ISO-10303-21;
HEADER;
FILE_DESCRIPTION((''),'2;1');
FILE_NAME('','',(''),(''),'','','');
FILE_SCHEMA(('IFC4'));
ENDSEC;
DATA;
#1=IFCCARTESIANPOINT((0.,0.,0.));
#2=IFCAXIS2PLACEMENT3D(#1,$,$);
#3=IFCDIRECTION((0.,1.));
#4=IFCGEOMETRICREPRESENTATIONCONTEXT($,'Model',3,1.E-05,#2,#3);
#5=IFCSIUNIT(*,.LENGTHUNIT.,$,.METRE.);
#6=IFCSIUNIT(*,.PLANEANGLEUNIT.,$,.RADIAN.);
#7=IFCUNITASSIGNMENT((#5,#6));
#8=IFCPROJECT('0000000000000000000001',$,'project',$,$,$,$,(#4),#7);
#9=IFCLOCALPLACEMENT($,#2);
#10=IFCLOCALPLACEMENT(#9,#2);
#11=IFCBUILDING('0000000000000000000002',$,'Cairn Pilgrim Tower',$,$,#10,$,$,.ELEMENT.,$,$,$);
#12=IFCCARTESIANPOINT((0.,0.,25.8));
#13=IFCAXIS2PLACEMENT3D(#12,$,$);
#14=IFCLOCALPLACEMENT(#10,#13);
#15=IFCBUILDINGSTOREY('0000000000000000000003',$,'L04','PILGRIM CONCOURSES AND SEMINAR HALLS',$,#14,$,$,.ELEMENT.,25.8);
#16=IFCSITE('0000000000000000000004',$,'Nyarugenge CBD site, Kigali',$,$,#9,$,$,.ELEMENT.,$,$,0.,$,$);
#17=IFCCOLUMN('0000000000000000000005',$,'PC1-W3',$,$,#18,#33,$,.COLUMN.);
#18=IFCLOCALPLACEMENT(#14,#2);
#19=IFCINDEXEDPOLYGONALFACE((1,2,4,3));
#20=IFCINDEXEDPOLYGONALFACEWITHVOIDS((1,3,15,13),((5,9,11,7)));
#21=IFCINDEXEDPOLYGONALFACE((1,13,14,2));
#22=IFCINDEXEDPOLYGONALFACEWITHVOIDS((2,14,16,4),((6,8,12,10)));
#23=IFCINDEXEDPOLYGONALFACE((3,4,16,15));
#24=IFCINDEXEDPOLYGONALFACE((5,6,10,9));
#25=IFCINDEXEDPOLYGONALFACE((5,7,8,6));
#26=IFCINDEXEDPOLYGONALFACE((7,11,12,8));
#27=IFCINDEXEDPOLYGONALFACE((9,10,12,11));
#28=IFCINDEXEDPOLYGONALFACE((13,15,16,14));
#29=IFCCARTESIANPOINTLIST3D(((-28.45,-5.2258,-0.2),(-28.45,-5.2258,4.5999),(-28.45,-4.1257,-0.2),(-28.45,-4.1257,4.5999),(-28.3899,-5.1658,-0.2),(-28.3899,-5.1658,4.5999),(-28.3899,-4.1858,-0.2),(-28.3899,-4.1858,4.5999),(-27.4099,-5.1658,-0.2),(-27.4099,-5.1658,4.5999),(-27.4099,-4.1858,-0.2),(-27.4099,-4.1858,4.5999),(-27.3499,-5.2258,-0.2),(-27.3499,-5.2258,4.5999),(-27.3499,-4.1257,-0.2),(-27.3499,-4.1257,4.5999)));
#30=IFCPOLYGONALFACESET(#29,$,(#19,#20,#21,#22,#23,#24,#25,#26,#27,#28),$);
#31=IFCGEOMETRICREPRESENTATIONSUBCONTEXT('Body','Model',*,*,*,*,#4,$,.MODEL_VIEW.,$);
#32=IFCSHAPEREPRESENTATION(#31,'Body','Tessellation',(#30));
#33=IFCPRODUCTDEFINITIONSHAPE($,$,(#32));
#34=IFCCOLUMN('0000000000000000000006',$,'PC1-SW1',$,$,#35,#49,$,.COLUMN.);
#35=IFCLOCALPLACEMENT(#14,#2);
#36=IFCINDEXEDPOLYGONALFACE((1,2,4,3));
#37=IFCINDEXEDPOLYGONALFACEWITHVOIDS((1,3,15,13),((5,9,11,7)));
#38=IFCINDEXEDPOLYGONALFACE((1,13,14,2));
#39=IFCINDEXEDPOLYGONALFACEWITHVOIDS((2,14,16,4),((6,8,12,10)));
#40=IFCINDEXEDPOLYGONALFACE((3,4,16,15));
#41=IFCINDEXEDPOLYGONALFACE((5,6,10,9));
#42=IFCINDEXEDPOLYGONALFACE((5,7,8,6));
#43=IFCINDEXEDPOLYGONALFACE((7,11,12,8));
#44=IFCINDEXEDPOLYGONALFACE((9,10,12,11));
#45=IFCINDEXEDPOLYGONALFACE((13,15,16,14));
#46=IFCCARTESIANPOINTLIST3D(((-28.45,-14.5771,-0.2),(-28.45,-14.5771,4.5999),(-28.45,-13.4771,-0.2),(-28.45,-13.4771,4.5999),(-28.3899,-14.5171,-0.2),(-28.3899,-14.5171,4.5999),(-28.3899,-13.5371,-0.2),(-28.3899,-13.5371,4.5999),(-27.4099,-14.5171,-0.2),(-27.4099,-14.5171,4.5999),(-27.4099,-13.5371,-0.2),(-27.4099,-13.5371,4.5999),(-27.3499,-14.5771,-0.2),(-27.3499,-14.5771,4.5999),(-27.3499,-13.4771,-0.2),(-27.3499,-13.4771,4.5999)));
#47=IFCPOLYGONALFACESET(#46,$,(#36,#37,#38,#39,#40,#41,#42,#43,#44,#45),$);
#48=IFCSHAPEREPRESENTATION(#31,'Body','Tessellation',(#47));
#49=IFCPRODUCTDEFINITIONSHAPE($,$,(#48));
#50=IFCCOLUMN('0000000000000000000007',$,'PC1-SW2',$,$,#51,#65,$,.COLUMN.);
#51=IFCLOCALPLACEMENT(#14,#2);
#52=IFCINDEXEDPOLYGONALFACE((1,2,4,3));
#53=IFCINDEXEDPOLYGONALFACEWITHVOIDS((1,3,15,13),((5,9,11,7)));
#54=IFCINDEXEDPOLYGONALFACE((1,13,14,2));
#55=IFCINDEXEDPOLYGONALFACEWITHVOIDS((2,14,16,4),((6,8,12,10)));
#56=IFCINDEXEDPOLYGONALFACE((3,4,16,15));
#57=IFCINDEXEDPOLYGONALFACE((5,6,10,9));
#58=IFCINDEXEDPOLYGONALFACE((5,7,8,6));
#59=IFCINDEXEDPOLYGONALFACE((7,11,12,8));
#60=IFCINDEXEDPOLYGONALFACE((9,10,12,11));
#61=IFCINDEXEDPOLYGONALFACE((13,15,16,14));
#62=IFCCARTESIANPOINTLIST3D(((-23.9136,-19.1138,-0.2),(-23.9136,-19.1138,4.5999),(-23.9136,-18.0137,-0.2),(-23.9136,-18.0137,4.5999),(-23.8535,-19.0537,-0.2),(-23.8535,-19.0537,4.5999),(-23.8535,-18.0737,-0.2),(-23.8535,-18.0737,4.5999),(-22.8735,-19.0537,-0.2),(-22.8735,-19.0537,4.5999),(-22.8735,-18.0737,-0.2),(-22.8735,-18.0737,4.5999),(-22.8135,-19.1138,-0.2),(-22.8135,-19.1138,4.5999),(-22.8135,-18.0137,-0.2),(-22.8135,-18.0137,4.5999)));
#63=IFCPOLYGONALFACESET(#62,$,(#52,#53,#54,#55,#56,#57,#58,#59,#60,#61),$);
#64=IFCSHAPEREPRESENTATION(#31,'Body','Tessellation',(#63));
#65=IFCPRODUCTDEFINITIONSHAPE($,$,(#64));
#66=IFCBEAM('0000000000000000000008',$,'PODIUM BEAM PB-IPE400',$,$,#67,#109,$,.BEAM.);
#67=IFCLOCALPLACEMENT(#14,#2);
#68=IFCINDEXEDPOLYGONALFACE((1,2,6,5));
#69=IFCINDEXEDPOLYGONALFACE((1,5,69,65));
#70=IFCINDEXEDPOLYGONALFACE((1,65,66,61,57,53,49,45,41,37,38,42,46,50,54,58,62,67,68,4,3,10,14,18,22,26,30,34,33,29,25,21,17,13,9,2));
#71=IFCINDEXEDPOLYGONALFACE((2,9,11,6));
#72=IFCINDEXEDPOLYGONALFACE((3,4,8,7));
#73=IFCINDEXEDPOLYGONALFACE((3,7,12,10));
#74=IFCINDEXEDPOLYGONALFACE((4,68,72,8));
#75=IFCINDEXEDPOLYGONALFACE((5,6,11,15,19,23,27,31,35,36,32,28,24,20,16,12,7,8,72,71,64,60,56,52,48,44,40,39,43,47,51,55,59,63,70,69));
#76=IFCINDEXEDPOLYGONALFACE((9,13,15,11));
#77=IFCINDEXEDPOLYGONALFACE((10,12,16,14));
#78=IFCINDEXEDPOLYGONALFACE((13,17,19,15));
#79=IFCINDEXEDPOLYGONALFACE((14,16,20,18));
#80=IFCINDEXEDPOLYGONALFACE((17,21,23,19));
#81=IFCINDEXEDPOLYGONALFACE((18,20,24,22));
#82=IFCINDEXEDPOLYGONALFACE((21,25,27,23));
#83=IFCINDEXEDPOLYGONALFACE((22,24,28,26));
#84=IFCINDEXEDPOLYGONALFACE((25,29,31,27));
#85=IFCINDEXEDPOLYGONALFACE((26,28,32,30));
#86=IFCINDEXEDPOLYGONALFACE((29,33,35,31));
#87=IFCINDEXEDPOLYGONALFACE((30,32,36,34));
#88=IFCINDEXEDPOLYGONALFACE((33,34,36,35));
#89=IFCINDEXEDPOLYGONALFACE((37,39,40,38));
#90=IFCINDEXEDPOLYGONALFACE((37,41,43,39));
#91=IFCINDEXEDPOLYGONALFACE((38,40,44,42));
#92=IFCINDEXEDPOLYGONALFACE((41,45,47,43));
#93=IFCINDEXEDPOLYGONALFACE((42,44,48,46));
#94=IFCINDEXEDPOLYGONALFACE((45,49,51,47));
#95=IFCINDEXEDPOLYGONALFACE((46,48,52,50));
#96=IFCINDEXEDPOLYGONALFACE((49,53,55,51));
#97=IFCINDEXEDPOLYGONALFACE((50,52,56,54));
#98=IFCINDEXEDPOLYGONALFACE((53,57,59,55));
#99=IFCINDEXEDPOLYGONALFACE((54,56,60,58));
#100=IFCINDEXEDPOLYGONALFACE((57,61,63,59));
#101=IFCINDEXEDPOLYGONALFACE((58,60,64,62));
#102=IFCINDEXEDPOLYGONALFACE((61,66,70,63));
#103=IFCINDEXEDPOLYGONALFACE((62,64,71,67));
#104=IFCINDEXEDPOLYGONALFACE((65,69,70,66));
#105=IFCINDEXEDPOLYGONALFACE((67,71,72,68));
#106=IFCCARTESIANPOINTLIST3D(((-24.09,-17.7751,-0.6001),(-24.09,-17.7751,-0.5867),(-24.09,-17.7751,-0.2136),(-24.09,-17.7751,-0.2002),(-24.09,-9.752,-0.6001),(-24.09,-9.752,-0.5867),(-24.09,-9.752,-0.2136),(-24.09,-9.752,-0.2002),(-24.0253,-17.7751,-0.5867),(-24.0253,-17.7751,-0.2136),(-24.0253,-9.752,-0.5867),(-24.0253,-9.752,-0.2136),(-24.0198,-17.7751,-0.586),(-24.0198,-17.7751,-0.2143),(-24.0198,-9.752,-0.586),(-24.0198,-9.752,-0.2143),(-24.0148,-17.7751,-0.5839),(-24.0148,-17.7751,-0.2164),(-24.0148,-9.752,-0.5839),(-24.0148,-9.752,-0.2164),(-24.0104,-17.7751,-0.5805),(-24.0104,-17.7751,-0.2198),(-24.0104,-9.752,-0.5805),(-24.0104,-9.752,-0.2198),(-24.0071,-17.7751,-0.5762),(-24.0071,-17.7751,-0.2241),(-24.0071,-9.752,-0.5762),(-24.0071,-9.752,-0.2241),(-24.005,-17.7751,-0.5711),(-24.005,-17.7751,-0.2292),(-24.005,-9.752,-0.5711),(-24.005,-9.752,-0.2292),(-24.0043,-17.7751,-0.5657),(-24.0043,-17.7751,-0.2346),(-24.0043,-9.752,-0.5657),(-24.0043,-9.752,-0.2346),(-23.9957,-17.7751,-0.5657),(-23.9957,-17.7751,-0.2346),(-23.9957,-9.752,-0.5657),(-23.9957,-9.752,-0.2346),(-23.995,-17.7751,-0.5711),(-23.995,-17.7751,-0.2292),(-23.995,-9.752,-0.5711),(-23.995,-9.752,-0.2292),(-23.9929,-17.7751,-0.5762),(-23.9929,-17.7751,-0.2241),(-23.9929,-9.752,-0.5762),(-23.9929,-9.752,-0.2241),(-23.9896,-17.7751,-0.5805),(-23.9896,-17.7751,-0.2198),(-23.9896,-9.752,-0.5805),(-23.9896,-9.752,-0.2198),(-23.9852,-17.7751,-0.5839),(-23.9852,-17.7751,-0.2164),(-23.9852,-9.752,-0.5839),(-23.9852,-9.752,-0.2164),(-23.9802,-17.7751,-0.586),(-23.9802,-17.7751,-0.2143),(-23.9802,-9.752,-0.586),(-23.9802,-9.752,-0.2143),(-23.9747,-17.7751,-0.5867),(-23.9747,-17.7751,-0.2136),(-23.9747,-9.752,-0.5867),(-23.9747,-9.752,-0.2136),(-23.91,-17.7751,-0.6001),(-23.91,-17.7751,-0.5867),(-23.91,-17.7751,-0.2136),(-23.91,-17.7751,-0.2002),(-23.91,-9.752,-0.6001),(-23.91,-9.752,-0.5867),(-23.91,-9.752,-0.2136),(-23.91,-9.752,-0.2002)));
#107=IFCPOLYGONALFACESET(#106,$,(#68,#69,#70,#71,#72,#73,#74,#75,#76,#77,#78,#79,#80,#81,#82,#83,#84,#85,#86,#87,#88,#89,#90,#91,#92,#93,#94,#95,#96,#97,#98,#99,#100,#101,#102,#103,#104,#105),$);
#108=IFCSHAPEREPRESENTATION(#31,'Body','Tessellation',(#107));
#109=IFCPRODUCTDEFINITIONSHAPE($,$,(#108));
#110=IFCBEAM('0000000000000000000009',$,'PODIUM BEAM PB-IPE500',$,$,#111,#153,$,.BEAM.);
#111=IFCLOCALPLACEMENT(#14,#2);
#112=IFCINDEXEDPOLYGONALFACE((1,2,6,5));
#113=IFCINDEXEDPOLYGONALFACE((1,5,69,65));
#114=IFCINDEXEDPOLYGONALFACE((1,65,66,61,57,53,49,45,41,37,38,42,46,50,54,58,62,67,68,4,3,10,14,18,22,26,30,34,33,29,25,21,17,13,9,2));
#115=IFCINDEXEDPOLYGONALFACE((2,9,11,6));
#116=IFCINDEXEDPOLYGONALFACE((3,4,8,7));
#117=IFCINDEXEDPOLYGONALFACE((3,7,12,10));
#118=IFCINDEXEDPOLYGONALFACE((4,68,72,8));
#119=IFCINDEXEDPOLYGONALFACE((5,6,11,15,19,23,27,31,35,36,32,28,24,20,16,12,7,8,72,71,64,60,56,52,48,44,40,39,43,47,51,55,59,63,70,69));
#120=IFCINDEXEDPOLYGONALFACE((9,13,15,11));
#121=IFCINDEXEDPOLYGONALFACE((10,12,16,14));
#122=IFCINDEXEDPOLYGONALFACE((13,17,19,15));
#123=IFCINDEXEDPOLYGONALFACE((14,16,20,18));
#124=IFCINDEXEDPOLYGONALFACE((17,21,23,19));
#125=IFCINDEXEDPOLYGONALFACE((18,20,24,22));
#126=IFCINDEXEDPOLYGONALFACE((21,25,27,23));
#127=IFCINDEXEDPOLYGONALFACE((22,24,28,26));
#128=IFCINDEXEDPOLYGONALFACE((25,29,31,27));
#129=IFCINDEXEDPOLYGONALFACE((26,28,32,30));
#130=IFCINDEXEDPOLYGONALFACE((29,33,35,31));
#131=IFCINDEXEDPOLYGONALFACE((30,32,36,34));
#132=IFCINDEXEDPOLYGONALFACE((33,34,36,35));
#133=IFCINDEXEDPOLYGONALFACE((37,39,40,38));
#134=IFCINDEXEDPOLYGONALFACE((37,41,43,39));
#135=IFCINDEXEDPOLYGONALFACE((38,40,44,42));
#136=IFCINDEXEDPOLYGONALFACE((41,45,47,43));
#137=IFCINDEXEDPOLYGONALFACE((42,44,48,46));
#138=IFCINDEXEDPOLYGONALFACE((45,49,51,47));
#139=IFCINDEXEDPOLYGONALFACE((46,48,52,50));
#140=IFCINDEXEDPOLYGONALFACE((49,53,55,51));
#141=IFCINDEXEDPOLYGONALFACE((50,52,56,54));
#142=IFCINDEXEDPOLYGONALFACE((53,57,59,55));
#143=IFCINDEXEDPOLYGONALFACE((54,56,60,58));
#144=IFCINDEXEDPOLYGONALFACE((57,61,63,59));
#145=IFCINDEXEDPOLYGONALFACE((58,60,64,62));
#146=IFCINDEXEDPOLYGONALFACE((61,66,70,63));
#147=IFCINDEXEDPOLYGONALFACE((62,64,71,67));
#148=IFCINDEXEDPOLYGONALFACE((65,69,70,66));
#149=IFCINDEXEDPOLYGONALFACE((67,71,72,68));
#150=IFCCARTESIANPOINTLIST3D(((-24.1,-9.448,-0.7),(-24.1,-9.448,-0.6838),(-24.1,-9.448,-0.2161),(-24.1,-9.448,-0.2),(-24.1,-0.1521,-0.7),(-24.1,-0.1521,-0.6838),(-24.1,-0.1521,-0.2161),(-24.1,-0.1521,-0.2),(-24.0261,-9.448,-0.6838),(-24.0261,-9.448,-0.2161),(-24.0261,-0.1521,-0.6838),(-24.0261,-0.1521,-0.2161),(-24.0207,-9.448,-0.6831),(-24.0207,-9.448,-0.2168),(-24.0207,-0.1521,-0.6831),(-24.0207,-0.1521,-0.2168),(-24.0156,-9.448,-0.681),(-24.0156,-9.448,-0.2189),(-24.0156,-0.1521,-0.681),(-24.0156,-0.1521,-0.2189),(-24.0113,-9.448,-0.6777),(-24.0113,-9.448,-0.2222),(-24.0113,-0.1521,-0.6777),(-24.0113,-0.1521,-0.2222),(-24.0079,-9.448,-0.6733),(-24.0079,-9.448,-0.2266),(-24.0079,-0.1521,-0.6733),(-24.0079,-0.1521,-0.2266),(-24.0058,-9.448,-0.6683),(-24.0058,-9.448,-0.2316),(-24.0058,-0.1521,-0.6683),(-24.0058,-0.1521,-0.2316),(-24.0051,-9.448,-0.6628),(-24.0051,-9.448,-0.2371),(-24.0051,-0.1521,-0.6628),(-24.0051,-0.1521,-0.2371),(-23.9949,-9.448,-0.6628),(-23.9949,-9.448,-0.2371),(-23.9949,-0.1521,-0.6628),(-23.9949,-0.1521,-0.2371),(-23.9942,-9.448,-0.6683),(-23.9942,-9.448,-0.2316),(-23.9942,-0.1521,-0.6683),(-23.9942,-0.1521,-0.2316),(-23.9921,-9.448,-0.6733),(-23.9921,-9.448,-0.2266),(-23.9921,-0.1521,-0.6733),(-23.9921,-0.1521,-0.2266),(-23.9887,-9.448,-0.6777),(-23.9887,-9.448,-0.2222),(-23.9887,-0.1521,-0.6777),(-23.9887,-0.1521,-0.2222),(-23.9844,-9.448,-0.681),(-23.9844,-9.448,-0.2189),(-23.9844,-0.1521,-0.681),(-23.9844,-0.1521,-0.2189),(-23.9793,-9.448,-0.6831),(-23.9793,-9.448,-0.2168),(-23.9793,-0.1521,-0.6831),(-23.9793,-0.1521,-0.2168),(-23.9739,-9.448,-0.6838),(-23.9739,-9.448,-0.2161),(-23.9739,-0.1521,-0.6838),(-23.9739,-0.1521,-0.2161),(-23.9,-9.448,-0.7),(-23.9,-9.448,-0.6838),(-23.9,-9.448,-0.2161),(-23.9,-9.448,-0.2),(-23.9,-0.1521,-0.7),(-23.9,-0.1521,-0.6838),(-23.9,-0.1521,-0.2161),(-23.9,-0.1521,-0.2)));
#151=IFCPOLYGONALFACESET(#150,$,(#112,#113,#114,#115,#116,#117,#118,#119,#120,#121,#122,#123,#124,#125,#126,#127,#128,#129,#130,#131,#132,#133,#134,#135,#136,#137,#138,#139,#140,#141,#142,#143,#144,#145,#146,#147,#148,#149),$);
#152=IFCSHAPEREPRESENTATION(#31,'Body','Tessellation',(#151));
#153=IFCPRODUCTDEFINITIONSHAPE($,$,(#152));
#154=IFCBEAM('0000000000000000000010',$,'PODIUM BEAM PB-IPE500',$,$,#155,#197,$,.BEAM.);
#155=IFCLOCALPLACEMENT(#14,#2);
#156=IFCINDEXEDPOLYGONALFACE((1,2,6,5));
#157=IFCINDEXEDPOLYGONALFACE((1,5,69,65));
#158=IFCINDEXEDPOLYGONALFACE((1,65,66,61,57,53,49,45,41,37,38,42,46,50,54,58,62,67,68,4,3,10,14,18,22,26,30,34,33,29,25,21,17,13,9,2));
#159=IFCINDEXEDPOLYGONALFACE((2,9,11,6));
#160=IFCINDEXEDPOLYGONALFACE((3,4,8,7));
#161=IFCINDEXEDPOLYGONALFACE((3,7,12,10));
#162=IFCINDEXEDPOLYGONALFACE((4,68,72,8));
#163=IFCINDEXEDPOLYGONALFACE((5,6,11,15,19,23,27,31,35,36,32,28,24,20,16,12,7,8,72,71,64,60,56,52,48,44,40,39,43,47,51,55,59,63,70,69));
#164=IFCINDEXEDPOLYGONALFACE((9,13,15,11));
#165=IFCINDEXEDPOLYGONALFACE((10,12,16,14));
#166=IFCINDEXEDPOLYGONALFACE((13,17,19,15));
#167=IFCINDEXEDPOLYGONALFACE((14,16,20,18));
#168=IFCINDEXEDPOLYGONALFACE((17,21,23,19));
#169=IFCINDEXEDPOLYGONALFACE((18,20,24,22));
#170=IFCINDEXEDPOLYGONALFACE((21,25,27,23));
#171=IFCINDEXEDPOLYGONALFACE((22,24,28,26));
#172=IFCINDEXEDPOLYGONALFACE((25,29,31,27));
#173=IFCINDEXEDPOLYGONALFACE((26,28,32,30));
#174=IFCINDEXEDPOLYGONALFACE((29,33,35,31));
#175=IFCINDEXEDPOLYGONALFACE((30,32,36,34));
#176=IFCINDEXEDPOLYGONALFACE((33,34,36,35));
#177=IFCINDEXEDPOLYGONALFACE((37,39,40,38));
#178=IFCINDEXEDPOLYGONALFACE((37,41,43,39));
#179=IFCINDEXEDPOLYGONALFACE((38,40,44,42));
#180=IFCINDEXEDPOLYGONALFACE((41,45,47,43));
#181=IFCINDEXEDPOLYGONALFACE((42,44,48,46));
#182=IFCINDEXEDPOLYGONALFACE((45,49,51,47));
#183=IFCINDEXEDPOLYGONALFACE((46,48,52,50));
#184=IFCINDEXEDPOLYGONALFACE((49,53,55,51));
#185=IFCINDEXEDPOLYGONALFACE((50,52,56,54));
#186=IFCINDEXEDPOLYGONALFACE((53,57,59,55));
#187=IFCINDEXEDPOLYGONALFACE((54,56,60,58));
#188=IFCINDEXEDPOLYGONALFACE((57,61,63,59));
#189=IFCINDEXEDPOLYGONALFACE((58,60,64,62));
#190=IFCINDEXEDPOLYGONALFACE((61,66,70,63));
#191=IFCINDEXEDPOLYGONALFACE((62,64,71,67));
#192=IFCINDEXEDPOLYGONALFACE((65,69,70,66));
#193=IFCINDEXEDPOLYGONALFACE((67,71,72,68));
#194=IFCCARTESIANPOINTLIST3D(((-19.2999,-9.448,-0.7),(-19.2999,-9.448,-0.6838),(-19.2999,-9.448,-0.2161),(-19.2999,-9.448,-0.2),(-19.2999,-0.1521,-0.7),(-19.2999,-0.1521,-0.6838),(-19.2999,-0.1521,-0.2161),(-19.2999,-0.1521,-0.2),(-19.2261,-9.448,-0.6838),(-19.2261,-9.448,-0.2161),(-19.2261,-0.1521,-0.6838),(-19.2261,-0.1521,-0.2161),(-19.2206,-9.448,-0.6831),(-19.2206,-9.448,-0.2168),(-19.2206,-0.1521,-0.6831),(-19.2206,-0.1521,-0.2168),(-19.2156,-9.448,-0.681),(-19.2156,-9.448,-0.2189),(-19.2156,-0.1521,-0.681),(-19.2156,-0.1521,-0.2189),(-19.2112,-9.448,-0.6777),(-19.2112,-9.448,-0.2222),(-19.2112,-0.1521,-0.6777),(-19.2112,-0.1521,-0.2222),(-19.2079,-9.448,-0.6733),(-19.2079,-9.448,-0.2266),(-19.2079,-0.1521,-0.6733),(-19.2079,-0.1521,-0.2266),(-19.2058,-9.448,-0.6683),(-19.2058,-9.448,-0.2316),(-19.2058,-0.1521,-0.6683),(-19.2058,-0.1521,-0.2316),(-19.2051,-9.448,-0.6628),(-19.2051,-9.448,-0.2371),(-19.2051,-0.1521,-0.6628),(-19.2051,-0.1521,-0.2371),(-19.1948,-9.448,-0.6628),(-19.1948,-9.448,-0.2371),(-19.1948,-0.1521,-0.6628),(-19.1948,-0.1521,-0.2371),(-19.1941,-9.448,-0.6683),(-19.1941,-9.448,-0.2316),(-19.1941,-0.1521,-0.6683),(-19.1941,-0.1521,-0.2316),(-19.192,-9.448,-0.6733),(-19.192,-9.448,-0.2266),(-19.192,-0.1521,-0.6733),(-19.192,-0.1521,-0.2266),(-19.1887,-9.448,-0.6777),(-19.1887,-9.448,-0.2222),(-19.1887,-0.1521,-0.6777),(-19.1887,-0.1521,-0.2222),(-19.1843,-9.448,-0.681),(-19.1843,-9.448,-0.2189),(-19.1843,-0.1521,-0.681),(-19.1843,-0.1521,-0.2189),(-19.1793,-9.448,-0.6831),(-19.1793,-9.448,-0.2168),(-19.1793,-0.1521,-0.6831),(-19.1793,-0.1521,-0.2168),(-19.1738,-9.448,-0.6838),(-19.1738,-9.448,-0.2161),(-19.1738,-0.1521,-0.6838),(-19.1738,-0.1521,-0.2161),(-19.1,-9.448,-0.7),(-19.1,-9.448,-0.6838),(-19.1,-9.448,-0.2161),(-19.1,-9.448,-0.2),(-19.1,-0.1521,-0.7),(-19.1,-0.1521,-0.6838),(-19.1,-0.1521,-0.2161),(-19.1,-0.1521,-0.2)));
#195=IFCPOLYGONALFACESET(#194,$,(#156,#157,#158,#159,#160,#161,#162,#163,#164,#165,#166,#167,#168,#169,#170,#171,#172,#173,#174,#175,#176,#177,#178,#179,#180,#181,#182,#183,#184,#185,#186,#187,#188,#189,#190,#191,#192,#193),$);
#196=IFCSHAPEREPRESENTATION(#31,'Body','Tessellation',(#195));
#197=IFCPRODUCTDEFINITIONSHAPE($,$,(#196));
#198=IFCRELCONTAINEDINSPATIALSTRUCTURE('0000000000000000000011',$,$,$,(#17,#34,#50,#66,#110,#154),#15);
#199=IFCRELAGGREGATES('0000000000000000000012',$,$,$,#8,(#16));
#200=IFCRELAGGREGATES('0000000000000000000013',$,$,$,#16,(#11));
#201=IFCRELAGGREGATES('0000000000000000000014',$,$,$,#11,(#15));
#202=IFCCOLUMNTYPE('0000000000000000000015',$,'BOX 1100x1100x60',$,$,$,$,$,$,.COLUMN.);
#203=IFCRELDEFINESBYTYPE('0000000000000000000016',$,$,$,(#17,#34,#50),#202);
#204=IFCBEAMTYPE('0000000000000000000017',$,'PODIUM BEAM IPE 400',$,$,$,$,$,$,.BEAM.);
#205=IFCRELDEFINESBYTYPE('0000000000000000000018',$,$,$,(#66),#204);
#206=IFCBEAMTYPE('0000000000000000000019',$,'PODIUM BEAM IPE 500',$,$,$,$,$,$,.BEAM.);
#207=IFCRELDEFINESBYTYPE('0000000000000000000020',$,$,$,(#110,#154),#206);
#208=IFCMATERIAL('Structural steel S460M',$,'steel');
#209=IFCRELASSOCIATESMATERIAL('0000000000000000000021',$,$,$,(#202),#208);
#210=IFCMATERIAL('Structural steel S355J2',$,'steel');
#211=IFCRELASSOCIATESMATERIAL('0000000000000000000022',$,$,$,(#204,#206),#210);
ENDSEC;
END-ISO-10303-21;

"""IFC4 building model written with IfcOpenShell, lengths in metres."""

from ifc_helpers import new_model, si_unit, direction, frame, origin, origin_2d, place, context, subcontext, project, spatial, hollow_rectangle, i_section, extrude, material, material_profile, profile_set, type_object, element, save


model = new_model("IFC4")

# Units and contexts
model_context = context("Model", 3, precision=1e-05, world=origin(), true_north=direction((0.0, 1.0)))
body_context = subcontext(model_context, "Body", "Model", "MODEL_VIEW")
ifc_project = project(units=[si_unit("LENGTHUNIT", "METRE"), si_unit("PLANEANGLEUNIT", "RADIAN")], contexts=[model_context])

# Site, building, storey
site_placement = place(None, origin())
site = spatial("IfcSite", under=ifc_project, at=site_placement, Name="Nyarugenge CBD site, Kigali", CompositionType="ELEMENT", RefElevation=0.0)
building_placement = place(site_placement, origin())
building = spatial("IfcBuilding", under=site, at=building_placement, Name="Cairn Pilgrim Tower", CompositionType="ELEMENT")
storey_placement = place(building_placement, frame((0.0, 0.0, 25.8)))
storey = spatial("IfcBuildingStorey", under=building, at=storey_placement, Name="L04", Description="PILGRIM CONCOURSES AND SEMINAR HALLS", CompositionType="ELEMENT", Elevation=25.8)

# Columns
ifc_material_1 = material(Name="Structural steel S460M", Category="steel")
ifc_material_profile_1 = material_profile(ifc_material_1, hollow_rectangle(XDim=1.1001, YDim=1.1001, WallThickness=0.0601, at=origin_2d()), Name="BOX 1100x1100x60")
ifc_profile_set_1 = profile_set([ifc_material_profile_1], Name="Structural steel S460M")
column_type = type_object("IfcColumnType", Name="BOX 1100x1100x60", PredefinedType="COLUMN", material=ifc_profile_set_1)
for number, where, z_axis, x_axis, name in (
    (1, (-27.8999, -4.6758, -0.2), (0.0, 0.0, 1.0), (1.0, 0.0, 0.0), "PC1-W3"),
    (2, (-27.8999, -14.0271, -0.2), (0.0, 0.0, 1.0), (1.0, 0.0, 0.0), "PC1-SW1"),
    (3, (-23.3635, -18.5637, -0.2), (0.0, 0.0, 1.0), (1.0, 0.0, 0.0), "PC1-SW2"),
):
    element("IfcColumn", number, at=place(storey_placement, frame(where, z_axis=z_axis, x_axis=x_axis)), inside=storey, type_object=column_type, Name=name, PredefinedType="COLUMN", context=body_context, shape_type="SweptSolid", body=[
        extrude(hollow_rectangle(XDim=1.1001, YDim=1.1001, WallThickness=0.0601, at=origin_2d()), origin(), (0.0, 0.0, 1.0), 4.7998),
    ])

# Beams
ifc_material_2 = material(Name="Structural steel S355J2", Category="steel")
ifc_material_profile_2 = material_profile(ifc_material_2, i_section(OverallWidth=0.1799, OverallDepth=0.3999, WebThickness=0.0085, FlangeThickness=0.0134, FilletRadius=0.021, at=origin_2d()), Name="IPE 400")
ifc_profile_set_2 = profile_set([ifc_material_profile_2], Name="Structural steel S355J2")
beam_type_1 = type_object("IfcBeamType", Name="PODIUM BEAM IPE 400", PredefinedType="BEAM", material=ifc_profile_set_2)
beam_1_placement = place(storey_placement, frame((-24.0, -17.7751, -0.4001), z_axis=(0.0, 1.0, 0.0), x_axis=(-1.0, 0.0, 0.0)))
element("IfcBeam", 4, at=beam_1_placement, inside=storey, type_object=beam_type_1, Name="PODIUM BEAM PB-IPE400", PredefinedType="BEAM", context=body_context, shape_type="SweptSolid", body=[
    extrude(i_section(OverallWidth=0.1799, OverallDepth=0.3999, WebThickness=0.0085, FlangeThickness=0.0134, FilletRadius=0.021, at=origin_2d()), origin(), (0.0, 0.0, 1.0), 8.0232),
])
ifc_material_profile_3 = material_profile(ifc_material_2, i_section(OverallWidth=0.2, OverallDepth=0.5, WebThickness=0.0103, FlangeThickness=0.0161, FilletRadius=0.021, at=origin_2d()), Name="IPE 500")
ifc_profile_set_3 = profile_set([ifc_material_profile_3], Name="Structural steel S355J2")
beam_type_2 = type_object("IfcBeamType", Name="PODIUM BEAM IPE 500", PredefinedType="BEAM", material=ifc_profile_set_3)
for number, where, z_axis, x_axis, name in (
    (5, (-24.0, -9.448, -0.45), (0.0, 1.0, 0.0), (-1.0, 0.0, 0.0), "PODIUM BEAM PB-IPE500"),
    (6, (-19.2, -9.448, -0.45), (0.0, 1.0, 0.0), (-1.0, 0.0, 0.0), "PODIUM BEAM PB-IPE500"),
):
    element("IfcBeam", number, at=place(storey_placement, frame(where, z_axis=z_axis, x_axis=x_axis)), inside=storey, type_object=beam_type_2, Name=name, PredefinedType="BEAM", context=body_context, shape_type="SweptSolid", body=[
        extrude(i_section(OverallWidth=0.2, OverallDepth=0.5, WebThickness=0.0103, FlangeThickness=0.0161, FilletRadius=0.021, at=origin_2d()), origin(), (0.0, 0.0, 1.0), 9.2959),
    ])

save(model, "model.ifc")
